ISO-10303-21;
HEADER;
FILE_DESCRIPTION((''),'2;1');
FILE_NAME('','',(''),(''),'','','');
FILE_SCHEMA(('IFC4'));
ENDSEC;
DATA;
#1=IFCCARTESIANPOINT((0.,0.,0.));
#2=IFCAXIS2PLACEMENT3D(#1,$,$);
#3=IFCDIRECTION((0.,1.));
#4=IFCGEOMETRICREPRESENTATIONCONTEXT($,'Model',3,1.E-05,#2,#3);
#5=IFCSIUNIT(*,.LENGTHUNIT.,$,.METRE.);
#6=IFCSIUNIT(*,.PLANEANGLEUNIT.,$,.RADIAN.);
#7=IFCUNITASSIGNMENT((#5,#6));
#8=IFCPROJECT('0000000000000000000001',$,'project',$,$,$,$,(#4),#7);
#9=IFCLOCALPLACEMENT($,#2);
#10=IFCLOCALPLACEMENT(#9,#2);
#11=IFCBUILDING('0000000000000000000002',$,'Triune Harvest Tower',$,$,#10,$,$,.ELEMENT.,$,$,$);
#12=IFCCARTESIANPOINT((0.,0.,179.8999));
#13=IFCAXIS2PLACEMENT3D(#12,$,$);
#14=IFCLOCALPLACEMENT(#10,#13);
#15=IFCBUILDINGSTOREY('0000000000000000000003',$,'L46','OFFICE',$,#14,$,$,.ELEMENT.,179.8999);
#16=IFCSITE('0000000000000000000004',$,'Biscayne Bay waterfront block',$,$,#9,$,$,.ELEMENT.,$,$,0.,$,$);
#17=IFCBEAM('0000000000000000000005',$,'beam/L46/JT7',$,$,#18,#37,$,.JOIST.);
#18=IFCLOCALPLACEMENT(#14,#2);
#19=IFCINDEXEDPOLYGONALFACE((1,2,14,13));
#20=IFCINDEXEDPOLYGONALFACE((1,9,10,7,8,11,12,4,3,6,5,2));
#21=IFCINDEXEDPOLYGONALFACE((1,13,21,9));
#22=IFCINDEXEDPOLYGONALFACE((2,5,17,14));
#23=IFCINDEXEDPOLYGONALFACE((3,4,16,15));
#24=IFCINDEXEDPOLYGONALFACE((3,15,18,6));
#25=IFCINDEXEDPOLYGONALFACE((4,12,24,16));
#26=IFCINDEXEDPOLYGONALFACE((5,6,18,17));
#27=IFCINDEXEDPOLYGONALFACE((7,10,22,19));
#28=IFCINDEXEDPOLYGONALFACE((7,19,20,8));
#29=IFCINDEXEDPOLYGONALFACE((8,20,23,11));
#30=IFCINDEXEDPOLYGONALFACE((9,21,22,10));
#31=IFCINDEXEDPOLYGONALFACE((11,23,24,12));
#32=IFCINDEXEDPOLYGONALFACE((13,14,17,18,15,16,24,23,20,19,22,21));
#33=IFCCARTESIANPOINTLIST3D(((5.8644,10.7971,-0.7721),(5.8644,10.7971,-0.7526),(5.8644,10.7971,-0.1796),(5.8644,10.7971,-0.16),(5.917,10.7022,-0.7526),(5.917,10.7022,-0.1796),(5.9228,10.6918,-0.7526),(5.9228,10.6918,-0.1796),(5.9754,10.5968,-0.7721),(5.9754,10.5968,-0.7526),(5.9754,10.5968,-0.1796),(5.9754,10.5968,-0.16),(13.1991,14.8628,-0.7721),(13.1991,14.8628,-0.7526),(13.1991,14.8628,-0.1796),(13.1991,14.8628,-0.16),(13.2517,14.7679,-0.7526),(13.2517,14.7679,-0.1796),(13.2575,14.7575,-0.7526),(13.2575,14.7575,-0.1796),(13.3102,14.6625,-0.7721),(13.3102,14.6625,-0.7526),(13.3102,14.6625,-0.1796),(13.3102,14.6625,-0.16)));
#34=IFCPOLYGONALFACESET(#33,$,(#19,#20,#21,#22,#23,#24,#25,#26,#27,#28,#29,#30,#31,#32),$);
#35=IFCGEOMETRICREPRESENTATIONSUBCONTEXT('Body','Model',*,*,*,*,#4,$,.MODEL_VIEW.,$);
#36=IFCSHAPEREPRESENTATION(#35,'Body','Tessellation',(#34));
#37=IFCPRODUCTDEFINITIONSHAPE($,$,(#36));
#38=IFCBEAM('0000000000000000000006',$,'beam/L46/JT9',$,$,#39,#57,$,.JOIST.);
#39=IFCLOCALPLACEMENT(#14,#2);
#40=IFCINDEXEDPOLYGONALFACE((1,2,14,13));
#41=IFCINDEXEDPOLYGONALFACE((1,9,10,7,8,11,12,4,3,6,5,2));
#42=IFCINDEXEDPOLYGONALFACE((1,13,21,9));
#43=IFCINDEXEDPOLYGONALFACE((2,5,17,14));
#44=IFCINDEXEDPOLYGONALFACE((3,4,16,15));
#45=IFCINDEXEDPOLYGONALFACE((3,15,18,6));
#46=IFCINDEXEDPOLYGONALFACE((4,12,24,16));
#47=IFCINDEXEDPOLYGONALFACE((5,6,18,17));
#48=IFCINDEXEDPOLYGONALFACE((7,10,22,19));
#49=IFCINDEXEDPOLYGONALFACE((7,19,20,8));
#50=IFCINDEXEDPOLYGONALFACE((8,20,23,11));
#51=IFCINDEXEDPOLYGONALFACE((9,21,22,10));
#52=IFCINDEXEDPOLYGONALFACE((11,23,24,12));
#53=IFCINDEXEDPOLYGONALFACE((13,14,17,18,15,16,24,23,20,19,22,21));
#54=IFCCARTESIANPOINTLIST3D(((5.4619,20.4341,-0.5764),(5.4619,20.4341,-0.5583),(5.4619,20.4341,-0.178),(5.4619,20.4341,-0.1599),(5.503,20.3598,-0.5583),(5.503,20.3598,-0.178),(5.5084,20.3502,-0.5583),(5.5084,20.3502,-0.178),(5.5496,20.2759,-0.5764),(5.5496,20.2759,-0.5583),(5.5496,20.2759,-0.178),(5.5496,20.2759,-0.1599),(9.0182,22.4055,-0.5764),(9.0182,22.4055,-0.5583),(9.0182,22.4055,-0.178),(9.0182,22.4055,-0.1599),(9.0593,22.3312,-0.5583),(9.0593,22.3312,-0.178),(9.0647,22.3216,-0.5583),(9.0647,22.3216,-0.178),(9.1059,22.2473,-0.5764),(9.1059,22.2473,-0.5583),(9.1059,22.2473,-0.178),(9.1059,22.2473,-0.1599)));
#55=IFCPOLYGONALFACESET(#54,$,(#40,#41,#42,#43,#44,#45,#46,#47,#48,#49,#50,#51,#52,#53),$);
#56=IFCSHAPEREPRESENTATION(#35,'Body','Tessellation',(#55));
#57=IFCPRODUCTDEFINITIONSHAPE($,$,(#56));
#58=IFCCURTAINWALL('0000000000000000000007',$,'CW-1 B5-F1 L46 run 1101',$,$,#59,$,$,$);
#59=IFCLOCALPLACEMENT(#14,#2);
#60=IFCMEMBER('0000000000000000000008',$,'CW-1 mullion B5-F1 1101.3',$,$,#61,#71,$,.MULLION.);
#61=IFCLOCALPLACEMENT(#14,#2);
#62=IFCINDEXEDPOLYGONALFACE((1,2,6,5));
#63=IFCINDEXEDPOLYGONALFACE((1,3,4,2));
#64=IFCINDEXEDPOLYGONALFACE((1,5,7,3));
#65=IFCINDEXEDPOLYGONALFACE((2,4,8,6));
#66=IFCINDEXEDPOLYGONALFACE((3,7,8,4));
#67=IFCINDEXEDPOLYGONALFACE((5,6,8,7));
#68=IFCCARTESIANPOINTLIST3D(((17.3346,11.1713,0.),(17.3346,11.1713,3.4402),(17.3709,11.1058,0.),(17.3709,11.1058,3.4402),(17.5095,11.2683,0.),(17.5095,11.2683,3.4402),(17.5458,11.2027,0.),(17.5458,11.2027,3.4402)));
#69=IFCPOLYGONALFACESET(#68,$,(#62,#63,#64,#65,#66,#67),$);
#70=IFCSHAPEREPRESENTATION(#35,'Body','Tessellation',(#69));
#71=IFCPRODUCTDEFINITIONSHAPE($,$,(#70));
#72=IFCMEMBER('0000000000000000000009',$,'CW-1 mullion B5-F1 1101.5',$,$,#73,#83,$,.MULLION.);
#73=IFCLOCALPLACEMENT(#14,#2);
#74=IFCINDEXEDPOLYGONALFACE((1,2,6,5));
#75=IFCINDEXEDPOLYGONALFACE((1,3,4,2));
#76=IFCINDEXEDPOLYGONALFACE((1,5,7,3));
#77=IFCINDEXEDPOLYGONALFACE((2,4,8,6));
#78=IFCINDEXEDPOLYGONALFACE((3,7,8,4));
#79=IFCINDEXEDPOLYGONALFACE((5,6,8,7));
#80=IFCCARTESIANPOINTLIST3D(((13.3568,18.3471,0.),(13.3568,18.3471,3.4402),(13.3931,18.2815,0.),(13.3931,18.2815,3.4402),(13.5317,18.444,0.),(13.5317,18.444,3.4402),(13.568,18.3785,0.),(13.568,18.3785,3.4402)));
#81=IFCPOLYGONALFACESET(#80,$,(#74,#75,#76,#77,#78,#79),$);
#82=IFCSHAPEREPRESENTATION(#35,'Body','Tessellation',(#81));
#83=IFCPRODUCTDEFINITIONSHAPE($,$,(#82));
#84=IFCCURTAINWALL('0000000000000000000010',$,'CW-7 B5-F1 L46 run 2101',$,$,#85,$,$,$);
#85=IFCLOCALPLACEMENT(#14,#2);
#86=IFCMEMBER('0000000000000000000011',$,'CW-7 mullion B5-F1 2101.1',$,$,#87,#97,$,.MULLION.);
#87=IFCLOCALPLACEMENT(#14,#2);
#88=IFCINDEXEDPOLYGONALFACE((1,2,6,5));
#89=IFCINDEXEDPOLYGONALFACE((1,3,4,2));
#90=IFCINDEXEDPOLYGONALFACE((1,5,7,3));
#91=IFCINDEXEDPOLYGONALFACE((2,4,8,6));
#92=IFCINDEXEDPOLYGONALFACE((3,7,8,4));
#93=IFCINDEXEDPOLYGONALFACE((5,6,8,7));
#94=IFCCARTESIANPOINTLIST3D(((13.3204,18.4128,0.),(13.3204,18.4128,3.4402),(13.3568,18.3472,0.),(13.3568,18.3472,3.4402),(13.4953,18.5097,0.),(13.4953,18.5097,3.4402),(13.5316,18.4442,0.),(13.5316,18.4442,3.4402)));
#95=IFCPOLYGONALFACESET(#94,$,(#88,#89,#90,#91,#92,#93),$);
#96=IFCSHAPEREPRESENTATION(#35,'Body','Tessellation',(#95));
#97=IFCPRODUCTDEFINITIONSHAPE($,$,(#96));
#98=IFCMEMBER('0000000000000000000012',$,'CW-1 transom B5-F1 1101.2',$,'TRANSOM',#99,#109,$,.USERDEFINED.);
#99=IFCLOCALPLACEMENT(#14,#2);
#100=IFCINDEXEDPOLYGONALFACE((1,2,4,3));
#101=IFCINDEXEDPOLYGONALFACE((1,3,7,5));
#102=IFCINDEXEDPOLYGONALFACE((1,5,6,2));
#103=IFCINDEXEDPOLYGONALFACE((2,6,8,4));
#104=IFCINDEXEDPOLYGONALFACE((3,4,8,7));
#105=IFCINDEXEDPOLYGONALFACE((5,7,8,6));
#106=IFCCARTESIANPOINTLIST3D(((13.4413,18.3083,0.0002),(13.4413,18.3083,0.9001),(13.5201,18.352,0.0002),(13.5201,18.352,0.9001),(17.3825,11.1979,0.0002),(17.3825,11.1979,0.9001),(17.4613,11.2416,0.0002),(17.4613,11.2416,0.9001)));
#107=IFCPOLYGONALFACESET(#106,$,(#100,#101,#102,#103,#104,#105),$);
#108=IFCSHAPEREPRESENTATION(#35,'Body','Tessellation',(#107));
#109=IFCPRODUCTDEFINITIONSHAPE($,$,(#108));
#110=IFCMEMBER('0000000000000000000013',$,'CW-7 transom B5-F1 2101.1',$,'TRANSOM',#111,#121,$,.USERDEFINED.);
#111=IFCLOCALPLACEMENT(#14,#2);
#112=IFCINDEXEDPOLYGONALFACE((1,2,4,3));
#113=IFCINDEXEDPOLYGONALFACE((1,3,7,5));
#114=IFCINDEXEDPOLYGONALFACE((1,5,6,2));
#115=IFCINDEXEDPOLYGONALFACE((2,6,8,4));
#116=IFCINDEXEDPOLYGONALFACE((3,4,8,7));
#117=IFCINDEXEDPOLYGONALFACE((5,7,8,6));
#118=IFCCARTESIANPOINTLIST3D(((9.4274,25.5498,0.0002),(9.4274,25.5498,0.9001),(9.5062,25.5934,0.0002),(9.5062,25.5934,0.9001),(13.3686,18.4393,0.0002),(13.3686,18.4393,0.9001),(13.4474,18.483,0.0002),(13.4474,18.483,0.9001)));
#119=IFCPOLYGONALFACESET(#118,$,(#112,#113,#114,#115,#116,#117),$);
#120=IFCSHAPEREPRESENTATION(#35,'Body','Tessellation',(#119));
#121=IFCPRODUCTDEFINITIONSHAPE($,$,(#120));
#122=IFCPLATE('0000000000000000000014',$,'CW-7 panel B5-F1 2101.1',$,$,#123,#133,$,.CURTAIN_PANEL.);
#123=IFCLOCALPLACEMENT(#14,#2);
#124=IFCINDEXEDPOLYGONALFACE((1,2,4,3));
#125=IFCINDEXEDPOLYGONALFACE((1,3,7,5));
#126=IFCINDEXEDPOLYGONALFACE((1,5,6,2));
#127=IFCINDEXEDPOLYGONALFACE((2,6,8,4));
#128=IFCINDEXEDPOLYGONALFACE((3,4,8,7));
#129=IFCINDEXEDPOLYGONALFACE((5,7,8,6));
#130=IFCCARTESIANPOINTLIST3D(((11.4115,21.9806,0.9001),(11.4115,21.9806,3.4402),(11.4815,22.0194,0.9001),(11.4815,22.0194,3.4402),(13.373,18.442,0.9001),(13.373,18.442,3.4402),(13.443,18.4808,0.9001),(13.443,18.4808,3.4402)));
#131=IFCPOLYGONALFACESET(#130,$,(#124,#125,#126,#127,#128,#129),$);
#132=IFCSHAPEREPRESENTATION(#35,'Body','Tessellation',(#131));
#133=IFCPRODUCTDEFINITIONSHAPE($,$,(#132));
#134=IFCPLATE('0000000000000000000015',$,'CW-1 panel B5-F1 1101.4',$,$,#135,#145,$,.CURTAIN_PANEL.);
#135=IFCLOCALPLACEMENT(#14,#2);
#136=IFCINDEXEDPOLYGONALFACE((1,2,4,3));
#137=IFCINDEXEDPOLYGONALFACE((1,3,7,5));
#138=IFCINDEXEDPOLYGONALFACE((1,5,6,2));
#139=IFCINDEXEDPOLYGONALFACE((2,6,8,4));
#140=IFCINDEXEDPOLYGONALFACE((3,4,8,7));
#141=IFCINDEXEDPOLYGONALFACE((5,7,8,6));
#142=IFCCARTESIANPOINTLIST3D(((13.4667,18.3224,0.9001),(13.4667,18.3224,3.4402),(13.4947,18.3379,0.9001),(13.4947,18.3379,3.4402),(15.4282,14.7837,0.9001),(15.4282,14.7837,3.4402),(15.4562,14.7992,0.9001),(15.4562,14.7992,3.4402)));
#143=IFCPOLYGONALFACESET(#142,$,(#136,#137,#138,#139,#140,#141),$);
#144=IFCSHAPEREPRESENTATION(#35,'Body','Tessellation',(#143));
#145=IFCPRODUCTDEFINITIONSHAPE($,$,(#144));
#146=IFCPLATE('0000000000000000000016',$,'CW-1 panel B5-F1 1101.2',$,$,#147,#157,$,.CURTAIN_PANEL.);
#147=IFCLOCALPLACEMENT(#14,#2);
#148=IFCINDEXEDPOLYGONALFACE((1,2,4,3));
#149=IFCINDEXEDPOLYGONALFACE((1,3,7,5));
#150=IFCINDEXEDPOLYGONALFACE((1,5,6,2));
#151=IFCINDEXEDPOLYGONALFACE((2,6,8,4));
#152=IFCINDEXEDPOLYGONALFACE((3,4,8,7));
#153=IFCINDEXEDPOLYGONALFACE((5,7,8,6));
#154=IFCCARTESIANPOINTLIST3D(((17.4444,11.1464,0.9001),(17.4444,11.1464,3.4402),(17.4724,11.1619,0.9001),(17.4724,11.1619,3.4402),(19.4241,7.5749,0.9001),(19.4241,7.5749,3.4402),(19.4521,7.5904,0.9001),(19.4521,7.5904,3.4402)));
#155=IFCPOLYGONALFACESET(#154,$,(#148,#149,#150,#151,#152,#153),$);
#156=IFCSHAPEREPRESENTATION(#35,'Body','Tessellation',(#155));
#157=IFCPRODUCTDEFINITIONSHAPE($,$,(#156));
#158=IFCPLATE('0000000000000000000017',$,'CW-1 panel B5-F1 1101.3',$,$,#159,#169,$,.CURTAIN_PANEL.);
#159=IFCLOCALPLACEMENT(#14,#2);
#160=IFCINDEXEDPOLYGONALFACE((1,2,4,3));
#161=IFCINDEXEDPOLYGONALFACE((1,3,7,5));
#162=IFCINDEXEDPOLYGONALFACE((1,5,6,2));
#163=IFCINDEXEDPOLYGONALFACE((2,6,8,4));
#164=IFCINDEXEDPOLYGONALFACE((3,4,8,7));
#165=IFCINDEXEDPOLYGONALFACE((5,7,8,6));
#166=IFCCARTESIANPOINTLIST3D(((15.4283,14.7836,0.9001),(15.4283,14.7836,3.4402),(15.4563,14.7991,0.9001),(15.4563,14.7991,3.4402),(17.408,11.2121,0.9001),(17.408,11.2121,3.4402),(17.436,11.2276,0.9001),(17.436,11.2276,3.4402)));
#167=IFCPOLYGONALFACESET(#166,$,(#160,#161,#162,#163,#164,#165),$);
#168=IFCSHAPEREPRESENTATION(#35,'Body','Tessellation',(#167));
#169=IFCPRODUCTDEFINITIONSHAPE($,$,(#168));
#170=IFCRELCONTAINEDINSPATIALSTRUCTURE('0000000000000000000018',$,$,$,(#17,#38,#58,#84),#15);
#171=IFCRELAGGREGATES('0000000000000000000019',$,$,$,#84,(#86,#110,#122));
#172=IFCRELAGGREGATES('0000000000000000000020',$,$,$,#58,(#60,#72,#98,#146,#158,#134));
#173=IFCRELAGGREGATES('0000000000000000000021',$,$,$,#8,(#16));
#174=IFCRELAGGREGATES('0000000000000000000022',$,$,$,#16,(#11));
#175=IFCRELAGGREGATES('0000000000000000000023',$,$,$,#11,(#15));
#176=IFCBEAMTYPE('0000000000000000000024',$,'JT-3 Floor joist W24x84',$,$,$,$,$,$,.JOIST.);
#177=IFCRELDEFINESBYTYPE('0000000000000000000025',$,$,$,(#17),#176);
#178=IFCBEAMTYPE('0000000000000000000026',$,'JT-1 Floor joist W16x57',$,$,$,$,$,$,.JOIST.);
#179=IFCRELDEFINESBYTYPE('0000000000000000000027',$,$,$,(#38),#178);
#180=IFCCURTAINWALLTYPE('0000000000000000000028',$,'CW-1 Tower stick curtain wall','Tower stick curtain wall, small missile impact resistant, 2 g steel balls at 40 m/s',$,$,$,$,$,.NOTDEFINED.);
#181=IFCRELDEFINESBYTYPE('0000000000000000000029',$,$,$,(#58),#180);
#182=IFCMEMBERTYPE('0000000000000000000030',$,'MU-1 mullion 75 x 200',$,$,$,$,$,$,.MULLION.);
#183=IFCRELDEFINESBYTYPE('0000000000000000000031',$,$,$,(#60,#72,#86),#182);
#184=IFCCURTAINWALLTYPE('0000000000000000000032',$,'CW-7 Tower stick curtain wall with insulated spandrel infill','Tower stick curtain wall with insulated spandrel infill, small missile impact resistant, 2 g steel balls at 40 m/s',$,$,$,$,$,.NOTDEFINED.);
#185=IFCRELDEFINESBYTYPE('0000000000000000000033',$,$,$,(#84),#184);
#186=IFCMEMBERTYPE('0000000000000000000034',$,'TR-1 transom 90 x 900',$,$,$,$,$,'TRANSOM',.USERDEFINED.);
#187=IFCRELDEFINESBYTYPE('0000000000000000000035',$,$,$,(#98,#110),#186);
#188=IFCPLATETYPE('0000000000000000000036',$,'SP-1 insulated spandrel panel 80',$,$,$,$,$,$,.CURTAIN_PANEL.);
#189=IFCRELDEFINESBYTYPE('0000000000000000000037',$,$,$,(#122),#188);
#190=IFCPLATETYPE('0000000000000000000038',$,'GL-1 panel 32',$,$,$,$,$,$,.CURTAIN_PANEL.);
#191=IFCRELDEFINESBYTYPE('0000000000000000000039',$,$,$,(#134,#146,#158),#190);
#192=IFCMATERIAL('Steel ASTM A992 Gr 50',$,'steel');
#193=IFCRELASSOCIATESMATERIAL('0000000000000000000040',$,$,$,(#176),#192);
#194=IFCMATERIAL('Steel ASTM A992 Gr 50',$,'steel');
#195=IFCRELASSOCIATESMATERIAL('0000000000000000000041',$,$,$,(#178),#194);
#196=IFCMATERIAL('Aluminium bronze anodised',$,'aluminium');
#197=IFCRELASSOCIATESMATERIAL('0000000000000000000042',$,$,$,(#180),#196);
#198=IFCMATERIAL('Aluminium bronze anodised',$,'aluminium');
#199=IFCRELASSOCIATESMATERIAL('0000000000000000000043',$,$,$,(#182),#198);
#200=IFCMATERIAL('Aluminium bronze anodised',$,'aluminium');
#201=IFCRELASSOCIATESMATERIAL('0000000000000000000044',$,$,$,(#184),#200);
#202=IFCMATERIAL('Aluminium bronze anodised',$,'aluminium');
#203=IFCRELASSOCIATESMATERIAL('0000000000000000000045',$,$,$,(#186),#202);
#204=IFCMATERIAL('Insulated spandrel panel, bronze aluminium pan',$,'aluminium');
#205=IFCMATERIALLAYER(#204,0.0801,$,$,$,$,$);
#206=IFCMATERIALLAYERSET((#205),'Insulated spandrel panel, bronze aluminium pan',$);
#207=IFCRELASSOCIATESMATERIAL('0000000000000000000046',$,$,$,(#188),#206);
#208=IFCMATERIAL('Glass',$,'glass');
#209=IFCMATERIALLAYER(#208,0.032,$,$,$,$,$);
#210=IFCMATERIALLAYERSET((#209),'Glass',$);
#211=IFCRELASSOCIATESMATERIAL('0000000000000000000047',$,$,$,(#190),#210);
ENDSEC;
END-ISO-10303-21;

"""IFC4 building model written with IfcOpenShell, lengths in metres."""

from ifc_helpers import new_model, si_unit, direction, frame, origin, origin_2d, place, context, subcontext, project, spatial, rectangle, i_section, extrude, source, transform, mapped, material, layer, layer_set, material_profile, profile_set, type_object, element, aggregate, save


model = new_model("IFC4")

# Units and contexts
model_context = context("Model", 3, precision=1e-05, world=origin(), true_north=direction((0.0, 1.0)))
body_context = subcontext(model_context, "Body", "Model", "MODEL_VIEW")
ifc_project = project(units=[si_unit("LENGTHUNIT", "METRE"), si_unit("PLANEANGLEUNIT", "RADIAN")], contexts=[model_context])

# Site, building, storey
site_placement = place(None, origin())
site = spatial("IfcSite", under=ifc_project, at=site_placement, Name="Biscayne Bay waterfront block", CompositionType="ELEMENT", RefElevation=0.0)
building_placement = place(site_placement, origin())
building = spatial("IfcBuilding", under=site, at=building_placement, Name="Triune Harvest Tower", CompositionType="ELEMENT")
storey_placement = place(building_placement, frame((0.0, 0.0, 179.8999)))
storey = spatial("IfcBuildingStorey", under=building, at=storey_placement, Name="L46", Description="OFFICE", CompositionType="ELEMENT", Elevation=179.8999)

# Beams
ifc_material_1 = material(Name="Steel ASTM A992 Gr 50", Category="steel")
ifc_material_profile_1 = material_profile(ifc_material_1, i_section(OverallWidth=0.229, OverallDepth=0.6121, WebThickness=0.012, FlangeThickness=0.0195, at=origin_2d()), Name="W24x84")
ifc_profile_set_1 = profile_set([ifc_material_profile_1], Name="Steel ASTM A992 Gr 50")
beam_type_1 = type_object("IfcBeamType", Name="JT-3 Floor joist W24x84", PredefinedType="JOIST", material=ifc_profile_set_1)
shared_shape_1 = source(origin(), body_context, "Body", "SweptSolid", [
    extrude(i_section(OverallWidth=0.229, OverallDepth=0.6121, WebThickness=0.012, FlangeThickness=0.0195, at=origin_2d()), origin(), (0.0, 0.0, 1.0), 8.3862),
])
beam_1_placement = place(storey_placement, frame((13.2546, 14.7627, -0.4661), z_axis=(-0.874621, -0.484807, 0.0), x_axis=(0.484807, -0.874621, 0.0)))
element("IfcBeam", 1, at=beam_1_placement, inside=storey, type_object=beam_type_1, Name="beam/L46/JT7", PredefinedType="JOIST", context=body_context, shape_type="MappedRepresentation", body=[
    mapped(shared_shape_1, transform((0.0, 0.0, 0.0), scale=1.0)),
])
ifc_material_2 = material(Name="Steel ASTM A992 Gr 50", Category="steel")
ifc_material_profile_2 = material_profile(ifc_material_2, i_section(OverallWidth=0.1809, OverallDepth=0.4165, WebThickness=0.011, FlangeThickness=0.0181, at=origin_2d()), Name="W16x57")
ifc_profile_set_2 = profile_set([ifc_material_profile_2], Name="Steel ASTM A992 Gr 50")
beam_type_2 = type_object("IfcBeamType", Name="JT-1 Floor joist W16x57", PredefinedType="JOIST", material=ifc_profile_set_2)
shared_shape_2 = source(origin(), body_context, "Body", "SweptSolid", [
    extrude(i_section(OverallWidth=0.1809, OverallDepth=0.4165, WebThickness=0.011, FlangeThickness=0.0181, at=origin_2d()), origin(), (0.0, 0.0, 1.0), 4.0662),
])
beam_2_placement = place(storey_placement, frame((9.062, 22.3264, -0.3682), z_axis=(-0.87461, -0.484827, 0.0), x_axis=(0.484827, -0.87461, 0.0)))
element("IfcBeam", 2, at=beam_2_placement, inside=storey, type_object=beam_type_2, Name="beam/L46/JT9", PredefinedType="JOIST", context=body_context, shape_type="MappedRepresentation", body=[
    mapped(shared_shape_2, transform((0.0, 0.0, 0.0), scale=1.0)),
])

# Curtain wall, members
ifc_material_3 = material(Name="Aluminium bronze anodised", Category="aluminium")
curtain_wall_type_1 = type_object("IfcCurtainWallType", Name="CW-1 Tower stick curtain wall", Description="Tower stick curtain wall, small missile impact resistant, 2 g steel balls at 40 m/s", PredefinedType="NOTDEFINED", material=ifc_material_3)
curtain_wall_1_placement = place(storey_placement, origin())
curtain_wall_1 = element("IfcCurtainWall", 3, at=curtain_wall_1_placement, inside=storey, type_object=curtain_wall_type_1, Name="CW-1 B5-F1 L46 run 1101")
ifc_material_4 = material(Name="Aluminium bronze anodised", Category="aluminium")
ifc_material_profile_3 = material_profile(ifc_material_4, rectangle(XDim=0.2, YDim=0.075, at=origin_2d()), Name="MU-1 mullion 75 x 200")
ifc_profile_set_3 = profile_set([ifc_material_profile_3], Name="Aluminium bronze anodised")
member_type_1 = type_object("IfcMemberType", Name="MU-1 mullion 75 x 200", PredefinedType="MULLION", material=ifc_profile_set_3)
shared_shape_3 = source(origin(), body_context, "Body", "SweptSolid", [
    extrude(rectangle(XDim=0.2, YDim=0.075, at=origin_2d()), origin(), (0.0, 0.0, 1.0), 3.4402),
])
member_1_placement = place(storey_placement, frame((17.4402, 11.187, 0.0), z_axis=(0.0, 0.0, 1.0), x_axis=(-0.874621, -0.484808, 0.0)))
member_1 = element("IfcMember", 4, at=member_1_placement, type_object=member_type_1, Name="CW-1 mullion B5-F1 1101.3", PredefinedType="MULLION", context=body_context, shape_type="MappedRepresentation", body=[
    mapped(shared_shape_3, transform((0.0, 0.0, 0.0), scale=1.0)),
])
member_2_placement = place(storey_placement, frame((13.4624, 18.3628, 0.0), z_axis=(0.0, 0.0, 1.0), x_axis=(-0.874621, -0.484808, 0.0)))
member_2 = element("IfcMember", 5, at=member_2_placement, type_object=member_type_1, Name="CW-1 mullion B5-F1 1101.5", PredefinedType="MULLION", context=body_context, shape_type="MappedRepresentation", body=[
    mapped(shared_shape_3, transform((0.0, 0.0, 0.0), scale=1.0)),
])

# Curtain wall, member
ifc_material_5 = material(Name="Aluminium bronze anodised", Category="aluminium")
curtain_wall_type_2 = type_object("IfcCurtainWallType", Name="CW-7 Tower stick curtain wall with insulated spandrel infill", Description="Tower stick curtain wall with insulated spandrel infill, small missile impact resistant, 2 g steel balls at 40 m/s", PredefinedType="NOTDEFINED", material=ifc_material_5)
curtain_wall_2_placement = place(storey_placement, origin())
curtain_wall_2 = element("IfcCurtainWall", 6, at=curtain_wall_2_placement, inside=storey, type_object=curtain_wall_type_2, Name="CW-7 B5-F1 L46 run 2101")
member_3_placement = place(storey_placement, frame((13.426, 18.4285, 0.0), z_axis=(0.0, 0.0, 1.0), x_axis=(-0.874619, -0.48481, 0.0)))
member_3 = element("IfcMember", 7, at=member_3_placement, type_object=member_type_1, Name="CW-7 mullion B5-F1 2101.1", PredefinedType="MULLION", context=body_context, shape_type="MappedRepresentation", body=[
    mapped(shared_shape_3, transform((0.0, 0.0, 0.0), scale=1.0)),
])

# Members
ifc_material_6 = material(Name="Aluminium bronze anodised", Category="aluminium")
ifc_material_profile_4 = material_profile(ifc_material_6, rectangle(XDim=0.0901, YDim=0.8999, at=origin_2d()), Name="TR-1 transom 90 x 900")
ifc_profile_set_4 = profile_set([ifc_material_profile_4], Name="Aluminium bronze anodised")
member_type_2 = type_object("IfcMemberType", Name="TR-1 transom 90 x 900", ElementType="TRANSOM", PredefinedType="USERDEFINED", material=ifc_profile_set_4)
shared_shape_4 = source(origin(), body_context, "Body", "SweptSolid", [
    extrude(rectangle(XDim=0.0901, YDim=0.8999, at=origin_2d()), origin(), (0.0, 0.0, 1.0), 8.1296),
])
member_4_placement = place(storey_placement, frame((17.4219, 11.2197, 0.4502), z_axis=(-0.484794, 0.874629, 0.0), x_axis=(-0.874629, -0.484794, 0.0)))
member_4 = element("IfcMember", 8, at=member_4_placement, type_object=member_type_2, Name="CW-1 transom B5-F1 1101.2", ObjectType="TRANSOM", PredefinedType="USERDEFINED", context=body_context, shape_type="MappedRepresentation", body=[
    mapped(shared_shape_4, transform((0.0, 0.0, 0.0), scale=1.0)),
])
member_5_placement = place(storey_placement, frame((13.408, 18.4612, 0.4502), z_axis=(-0.484794, 0.874629, 0.0), x_axis=(-0.874629, -0.484794, 0.0)))
member_5 = element("IfcMember", 9, at=member_5_placement, type_object=member_type_2, Name="CW-7 transom B5-F1 2101.1", ObjectType="TRANSOM", PredefinedType="USERDEFINED", context=body_context, shape_type="MappedRepresentation", body=[
    mapped(shared_shape_4, transform((0.0, 0.0, 0.0), scale=1.0)),
])

# Plates
ifc_material_7 = material(Name="Insulated spandrel panel, bronze aluminium pan", Category="aluminium")
ifc_layer_1 = layer(ifc_material_7, 0.0801)
ifc_layer_set_1 = layer_set([ifc_layer_1], Name="Insulated spandrel panel, bronze aluminium pan")
plate_type_1 = type_object("IfcPlateType", Name="SP-1 insulated spandrel panel 80", PredefinedType="CURTAIN_PANEL", material=ifc_layer_set_1)
shared_shape_5 = source(origin(), body_context, "Body", "SweptSolid", [
    extrude(rectangle(XDim=4.0459, YDim=0.0801, at=origin_2d()), origin(), (0.0, 0.0, 1.0), 2.54),
])
plate_1_placement = place(storey_placement, frame((12.4272, 20.2307, 0.9001), z_axis=(0.0, 0.0, 1.0), x_axis=(-0.48481, 0.874619, 0.0)))
plate_1 = element("IfcPlate", 10, at=plate_1_placement, type_object=plate_type_1, Name="CW-7 panel B5-F1 2101.1", PredefinedType="CURTAIN_PANEL", context=body_context, shape_type="MappedRepresentation", body=[
    mapped(shared_shape_5, transform((0.0, 0.0, 0.0), scale=1.0)),
])
aggregate(curtain_wall_2, [member_3, member_5, plate_1])
ifc_material_8 = material(Name="Glass", Category="glass")
ifc_layer_2 = layer(ifc_material_8, 0.032)
ifc_layer_set_2 = layer_set([ifc_layer_2], Name="Glass")
plate_type_2 = type_object("IfcPlateType", Name="GL-1 panel 32", PredefinedType="CURTAIN_PANEL", material=ifc_layer_set_2)
shared_shape_6 = source(origin(), body_context, "Body", "SweptSolid", [
    extrude(rectangle(XDim=4.0459, YDim=0.032, at=origin_2d()), origin(), (0.0, 0.0, 1.0), 2.54),
])
plate_2_placement = place(storey_placement, frame((14.4614, 16.5608, 0.9001), z_axis=(0.0, 0.0, 1.0), x_axis=(-0.484808, 0.874621, 0.0)))
plate_2 = element("IfcPlate", 11, at=plate_2_placement, type_object=plate_type_2, Name="CW-1 panel B5-F1 1101.4", PredefinedType="CURTAIN_PANEL", context=body_context, shape_type="MappedRepresentation", body=[
    mapped(shared_shape_6, transform((0.0, 0.0, 0.0), scale=1.0)),
])
shared_shape_7 = source(origin(), body_context, "Body", "SweptSolid", [
    extrude(rectangle(XDim=4.0835, YDim=0.032, at=origin_2d()), origin(), (0.0, 0.0, 1.0), 2.54),
])
plate_3_placement = place(storey_placement, frame((18.4482, 9.3684, 0.9001), z_axis=(0.0, 0.0, 1.0), x_axis=(-0.484808, 0.874621, 0.0)))
plate_3 = element("IfcPlate", 12, at=plate_3_placement, type_object=plate_type_2, Name="CW-1 panel B5-F1 1101.2", PredefinedType="CURTAIN_PANEL", context=body_context, shape_type="MappedRepresentation", body=[
    mapped(shared_shape_7, transform((0.0, 0.0, 0.0), scale=1.0)),
])
plate_4_placement = place(storey_placement, frame((16.4321, 13.0056, 0.9001), z_axis=(0.0, 0.0, 1.0), x_axis=(-0.484808, 0.874621, 0.0)))
plate_4 = element("IfcPlate", 13, at=plate_4_placement, type_object=plate_type_2, Name="CW-1 panel B5-F1 1101.3", PredefinedType="CURTAIN_PANEL", context=body_context, shape_type="MappedRepresentation", body=[
    mapped(shared_shape_7, transform((0.0, 0.0, 0.0), scale=1.0)),
])
aggregate(curtain_wall_1, [member_1, member_2, member_4, plate_3, plate_4, plate_2])

save(model, "model.ifc")
